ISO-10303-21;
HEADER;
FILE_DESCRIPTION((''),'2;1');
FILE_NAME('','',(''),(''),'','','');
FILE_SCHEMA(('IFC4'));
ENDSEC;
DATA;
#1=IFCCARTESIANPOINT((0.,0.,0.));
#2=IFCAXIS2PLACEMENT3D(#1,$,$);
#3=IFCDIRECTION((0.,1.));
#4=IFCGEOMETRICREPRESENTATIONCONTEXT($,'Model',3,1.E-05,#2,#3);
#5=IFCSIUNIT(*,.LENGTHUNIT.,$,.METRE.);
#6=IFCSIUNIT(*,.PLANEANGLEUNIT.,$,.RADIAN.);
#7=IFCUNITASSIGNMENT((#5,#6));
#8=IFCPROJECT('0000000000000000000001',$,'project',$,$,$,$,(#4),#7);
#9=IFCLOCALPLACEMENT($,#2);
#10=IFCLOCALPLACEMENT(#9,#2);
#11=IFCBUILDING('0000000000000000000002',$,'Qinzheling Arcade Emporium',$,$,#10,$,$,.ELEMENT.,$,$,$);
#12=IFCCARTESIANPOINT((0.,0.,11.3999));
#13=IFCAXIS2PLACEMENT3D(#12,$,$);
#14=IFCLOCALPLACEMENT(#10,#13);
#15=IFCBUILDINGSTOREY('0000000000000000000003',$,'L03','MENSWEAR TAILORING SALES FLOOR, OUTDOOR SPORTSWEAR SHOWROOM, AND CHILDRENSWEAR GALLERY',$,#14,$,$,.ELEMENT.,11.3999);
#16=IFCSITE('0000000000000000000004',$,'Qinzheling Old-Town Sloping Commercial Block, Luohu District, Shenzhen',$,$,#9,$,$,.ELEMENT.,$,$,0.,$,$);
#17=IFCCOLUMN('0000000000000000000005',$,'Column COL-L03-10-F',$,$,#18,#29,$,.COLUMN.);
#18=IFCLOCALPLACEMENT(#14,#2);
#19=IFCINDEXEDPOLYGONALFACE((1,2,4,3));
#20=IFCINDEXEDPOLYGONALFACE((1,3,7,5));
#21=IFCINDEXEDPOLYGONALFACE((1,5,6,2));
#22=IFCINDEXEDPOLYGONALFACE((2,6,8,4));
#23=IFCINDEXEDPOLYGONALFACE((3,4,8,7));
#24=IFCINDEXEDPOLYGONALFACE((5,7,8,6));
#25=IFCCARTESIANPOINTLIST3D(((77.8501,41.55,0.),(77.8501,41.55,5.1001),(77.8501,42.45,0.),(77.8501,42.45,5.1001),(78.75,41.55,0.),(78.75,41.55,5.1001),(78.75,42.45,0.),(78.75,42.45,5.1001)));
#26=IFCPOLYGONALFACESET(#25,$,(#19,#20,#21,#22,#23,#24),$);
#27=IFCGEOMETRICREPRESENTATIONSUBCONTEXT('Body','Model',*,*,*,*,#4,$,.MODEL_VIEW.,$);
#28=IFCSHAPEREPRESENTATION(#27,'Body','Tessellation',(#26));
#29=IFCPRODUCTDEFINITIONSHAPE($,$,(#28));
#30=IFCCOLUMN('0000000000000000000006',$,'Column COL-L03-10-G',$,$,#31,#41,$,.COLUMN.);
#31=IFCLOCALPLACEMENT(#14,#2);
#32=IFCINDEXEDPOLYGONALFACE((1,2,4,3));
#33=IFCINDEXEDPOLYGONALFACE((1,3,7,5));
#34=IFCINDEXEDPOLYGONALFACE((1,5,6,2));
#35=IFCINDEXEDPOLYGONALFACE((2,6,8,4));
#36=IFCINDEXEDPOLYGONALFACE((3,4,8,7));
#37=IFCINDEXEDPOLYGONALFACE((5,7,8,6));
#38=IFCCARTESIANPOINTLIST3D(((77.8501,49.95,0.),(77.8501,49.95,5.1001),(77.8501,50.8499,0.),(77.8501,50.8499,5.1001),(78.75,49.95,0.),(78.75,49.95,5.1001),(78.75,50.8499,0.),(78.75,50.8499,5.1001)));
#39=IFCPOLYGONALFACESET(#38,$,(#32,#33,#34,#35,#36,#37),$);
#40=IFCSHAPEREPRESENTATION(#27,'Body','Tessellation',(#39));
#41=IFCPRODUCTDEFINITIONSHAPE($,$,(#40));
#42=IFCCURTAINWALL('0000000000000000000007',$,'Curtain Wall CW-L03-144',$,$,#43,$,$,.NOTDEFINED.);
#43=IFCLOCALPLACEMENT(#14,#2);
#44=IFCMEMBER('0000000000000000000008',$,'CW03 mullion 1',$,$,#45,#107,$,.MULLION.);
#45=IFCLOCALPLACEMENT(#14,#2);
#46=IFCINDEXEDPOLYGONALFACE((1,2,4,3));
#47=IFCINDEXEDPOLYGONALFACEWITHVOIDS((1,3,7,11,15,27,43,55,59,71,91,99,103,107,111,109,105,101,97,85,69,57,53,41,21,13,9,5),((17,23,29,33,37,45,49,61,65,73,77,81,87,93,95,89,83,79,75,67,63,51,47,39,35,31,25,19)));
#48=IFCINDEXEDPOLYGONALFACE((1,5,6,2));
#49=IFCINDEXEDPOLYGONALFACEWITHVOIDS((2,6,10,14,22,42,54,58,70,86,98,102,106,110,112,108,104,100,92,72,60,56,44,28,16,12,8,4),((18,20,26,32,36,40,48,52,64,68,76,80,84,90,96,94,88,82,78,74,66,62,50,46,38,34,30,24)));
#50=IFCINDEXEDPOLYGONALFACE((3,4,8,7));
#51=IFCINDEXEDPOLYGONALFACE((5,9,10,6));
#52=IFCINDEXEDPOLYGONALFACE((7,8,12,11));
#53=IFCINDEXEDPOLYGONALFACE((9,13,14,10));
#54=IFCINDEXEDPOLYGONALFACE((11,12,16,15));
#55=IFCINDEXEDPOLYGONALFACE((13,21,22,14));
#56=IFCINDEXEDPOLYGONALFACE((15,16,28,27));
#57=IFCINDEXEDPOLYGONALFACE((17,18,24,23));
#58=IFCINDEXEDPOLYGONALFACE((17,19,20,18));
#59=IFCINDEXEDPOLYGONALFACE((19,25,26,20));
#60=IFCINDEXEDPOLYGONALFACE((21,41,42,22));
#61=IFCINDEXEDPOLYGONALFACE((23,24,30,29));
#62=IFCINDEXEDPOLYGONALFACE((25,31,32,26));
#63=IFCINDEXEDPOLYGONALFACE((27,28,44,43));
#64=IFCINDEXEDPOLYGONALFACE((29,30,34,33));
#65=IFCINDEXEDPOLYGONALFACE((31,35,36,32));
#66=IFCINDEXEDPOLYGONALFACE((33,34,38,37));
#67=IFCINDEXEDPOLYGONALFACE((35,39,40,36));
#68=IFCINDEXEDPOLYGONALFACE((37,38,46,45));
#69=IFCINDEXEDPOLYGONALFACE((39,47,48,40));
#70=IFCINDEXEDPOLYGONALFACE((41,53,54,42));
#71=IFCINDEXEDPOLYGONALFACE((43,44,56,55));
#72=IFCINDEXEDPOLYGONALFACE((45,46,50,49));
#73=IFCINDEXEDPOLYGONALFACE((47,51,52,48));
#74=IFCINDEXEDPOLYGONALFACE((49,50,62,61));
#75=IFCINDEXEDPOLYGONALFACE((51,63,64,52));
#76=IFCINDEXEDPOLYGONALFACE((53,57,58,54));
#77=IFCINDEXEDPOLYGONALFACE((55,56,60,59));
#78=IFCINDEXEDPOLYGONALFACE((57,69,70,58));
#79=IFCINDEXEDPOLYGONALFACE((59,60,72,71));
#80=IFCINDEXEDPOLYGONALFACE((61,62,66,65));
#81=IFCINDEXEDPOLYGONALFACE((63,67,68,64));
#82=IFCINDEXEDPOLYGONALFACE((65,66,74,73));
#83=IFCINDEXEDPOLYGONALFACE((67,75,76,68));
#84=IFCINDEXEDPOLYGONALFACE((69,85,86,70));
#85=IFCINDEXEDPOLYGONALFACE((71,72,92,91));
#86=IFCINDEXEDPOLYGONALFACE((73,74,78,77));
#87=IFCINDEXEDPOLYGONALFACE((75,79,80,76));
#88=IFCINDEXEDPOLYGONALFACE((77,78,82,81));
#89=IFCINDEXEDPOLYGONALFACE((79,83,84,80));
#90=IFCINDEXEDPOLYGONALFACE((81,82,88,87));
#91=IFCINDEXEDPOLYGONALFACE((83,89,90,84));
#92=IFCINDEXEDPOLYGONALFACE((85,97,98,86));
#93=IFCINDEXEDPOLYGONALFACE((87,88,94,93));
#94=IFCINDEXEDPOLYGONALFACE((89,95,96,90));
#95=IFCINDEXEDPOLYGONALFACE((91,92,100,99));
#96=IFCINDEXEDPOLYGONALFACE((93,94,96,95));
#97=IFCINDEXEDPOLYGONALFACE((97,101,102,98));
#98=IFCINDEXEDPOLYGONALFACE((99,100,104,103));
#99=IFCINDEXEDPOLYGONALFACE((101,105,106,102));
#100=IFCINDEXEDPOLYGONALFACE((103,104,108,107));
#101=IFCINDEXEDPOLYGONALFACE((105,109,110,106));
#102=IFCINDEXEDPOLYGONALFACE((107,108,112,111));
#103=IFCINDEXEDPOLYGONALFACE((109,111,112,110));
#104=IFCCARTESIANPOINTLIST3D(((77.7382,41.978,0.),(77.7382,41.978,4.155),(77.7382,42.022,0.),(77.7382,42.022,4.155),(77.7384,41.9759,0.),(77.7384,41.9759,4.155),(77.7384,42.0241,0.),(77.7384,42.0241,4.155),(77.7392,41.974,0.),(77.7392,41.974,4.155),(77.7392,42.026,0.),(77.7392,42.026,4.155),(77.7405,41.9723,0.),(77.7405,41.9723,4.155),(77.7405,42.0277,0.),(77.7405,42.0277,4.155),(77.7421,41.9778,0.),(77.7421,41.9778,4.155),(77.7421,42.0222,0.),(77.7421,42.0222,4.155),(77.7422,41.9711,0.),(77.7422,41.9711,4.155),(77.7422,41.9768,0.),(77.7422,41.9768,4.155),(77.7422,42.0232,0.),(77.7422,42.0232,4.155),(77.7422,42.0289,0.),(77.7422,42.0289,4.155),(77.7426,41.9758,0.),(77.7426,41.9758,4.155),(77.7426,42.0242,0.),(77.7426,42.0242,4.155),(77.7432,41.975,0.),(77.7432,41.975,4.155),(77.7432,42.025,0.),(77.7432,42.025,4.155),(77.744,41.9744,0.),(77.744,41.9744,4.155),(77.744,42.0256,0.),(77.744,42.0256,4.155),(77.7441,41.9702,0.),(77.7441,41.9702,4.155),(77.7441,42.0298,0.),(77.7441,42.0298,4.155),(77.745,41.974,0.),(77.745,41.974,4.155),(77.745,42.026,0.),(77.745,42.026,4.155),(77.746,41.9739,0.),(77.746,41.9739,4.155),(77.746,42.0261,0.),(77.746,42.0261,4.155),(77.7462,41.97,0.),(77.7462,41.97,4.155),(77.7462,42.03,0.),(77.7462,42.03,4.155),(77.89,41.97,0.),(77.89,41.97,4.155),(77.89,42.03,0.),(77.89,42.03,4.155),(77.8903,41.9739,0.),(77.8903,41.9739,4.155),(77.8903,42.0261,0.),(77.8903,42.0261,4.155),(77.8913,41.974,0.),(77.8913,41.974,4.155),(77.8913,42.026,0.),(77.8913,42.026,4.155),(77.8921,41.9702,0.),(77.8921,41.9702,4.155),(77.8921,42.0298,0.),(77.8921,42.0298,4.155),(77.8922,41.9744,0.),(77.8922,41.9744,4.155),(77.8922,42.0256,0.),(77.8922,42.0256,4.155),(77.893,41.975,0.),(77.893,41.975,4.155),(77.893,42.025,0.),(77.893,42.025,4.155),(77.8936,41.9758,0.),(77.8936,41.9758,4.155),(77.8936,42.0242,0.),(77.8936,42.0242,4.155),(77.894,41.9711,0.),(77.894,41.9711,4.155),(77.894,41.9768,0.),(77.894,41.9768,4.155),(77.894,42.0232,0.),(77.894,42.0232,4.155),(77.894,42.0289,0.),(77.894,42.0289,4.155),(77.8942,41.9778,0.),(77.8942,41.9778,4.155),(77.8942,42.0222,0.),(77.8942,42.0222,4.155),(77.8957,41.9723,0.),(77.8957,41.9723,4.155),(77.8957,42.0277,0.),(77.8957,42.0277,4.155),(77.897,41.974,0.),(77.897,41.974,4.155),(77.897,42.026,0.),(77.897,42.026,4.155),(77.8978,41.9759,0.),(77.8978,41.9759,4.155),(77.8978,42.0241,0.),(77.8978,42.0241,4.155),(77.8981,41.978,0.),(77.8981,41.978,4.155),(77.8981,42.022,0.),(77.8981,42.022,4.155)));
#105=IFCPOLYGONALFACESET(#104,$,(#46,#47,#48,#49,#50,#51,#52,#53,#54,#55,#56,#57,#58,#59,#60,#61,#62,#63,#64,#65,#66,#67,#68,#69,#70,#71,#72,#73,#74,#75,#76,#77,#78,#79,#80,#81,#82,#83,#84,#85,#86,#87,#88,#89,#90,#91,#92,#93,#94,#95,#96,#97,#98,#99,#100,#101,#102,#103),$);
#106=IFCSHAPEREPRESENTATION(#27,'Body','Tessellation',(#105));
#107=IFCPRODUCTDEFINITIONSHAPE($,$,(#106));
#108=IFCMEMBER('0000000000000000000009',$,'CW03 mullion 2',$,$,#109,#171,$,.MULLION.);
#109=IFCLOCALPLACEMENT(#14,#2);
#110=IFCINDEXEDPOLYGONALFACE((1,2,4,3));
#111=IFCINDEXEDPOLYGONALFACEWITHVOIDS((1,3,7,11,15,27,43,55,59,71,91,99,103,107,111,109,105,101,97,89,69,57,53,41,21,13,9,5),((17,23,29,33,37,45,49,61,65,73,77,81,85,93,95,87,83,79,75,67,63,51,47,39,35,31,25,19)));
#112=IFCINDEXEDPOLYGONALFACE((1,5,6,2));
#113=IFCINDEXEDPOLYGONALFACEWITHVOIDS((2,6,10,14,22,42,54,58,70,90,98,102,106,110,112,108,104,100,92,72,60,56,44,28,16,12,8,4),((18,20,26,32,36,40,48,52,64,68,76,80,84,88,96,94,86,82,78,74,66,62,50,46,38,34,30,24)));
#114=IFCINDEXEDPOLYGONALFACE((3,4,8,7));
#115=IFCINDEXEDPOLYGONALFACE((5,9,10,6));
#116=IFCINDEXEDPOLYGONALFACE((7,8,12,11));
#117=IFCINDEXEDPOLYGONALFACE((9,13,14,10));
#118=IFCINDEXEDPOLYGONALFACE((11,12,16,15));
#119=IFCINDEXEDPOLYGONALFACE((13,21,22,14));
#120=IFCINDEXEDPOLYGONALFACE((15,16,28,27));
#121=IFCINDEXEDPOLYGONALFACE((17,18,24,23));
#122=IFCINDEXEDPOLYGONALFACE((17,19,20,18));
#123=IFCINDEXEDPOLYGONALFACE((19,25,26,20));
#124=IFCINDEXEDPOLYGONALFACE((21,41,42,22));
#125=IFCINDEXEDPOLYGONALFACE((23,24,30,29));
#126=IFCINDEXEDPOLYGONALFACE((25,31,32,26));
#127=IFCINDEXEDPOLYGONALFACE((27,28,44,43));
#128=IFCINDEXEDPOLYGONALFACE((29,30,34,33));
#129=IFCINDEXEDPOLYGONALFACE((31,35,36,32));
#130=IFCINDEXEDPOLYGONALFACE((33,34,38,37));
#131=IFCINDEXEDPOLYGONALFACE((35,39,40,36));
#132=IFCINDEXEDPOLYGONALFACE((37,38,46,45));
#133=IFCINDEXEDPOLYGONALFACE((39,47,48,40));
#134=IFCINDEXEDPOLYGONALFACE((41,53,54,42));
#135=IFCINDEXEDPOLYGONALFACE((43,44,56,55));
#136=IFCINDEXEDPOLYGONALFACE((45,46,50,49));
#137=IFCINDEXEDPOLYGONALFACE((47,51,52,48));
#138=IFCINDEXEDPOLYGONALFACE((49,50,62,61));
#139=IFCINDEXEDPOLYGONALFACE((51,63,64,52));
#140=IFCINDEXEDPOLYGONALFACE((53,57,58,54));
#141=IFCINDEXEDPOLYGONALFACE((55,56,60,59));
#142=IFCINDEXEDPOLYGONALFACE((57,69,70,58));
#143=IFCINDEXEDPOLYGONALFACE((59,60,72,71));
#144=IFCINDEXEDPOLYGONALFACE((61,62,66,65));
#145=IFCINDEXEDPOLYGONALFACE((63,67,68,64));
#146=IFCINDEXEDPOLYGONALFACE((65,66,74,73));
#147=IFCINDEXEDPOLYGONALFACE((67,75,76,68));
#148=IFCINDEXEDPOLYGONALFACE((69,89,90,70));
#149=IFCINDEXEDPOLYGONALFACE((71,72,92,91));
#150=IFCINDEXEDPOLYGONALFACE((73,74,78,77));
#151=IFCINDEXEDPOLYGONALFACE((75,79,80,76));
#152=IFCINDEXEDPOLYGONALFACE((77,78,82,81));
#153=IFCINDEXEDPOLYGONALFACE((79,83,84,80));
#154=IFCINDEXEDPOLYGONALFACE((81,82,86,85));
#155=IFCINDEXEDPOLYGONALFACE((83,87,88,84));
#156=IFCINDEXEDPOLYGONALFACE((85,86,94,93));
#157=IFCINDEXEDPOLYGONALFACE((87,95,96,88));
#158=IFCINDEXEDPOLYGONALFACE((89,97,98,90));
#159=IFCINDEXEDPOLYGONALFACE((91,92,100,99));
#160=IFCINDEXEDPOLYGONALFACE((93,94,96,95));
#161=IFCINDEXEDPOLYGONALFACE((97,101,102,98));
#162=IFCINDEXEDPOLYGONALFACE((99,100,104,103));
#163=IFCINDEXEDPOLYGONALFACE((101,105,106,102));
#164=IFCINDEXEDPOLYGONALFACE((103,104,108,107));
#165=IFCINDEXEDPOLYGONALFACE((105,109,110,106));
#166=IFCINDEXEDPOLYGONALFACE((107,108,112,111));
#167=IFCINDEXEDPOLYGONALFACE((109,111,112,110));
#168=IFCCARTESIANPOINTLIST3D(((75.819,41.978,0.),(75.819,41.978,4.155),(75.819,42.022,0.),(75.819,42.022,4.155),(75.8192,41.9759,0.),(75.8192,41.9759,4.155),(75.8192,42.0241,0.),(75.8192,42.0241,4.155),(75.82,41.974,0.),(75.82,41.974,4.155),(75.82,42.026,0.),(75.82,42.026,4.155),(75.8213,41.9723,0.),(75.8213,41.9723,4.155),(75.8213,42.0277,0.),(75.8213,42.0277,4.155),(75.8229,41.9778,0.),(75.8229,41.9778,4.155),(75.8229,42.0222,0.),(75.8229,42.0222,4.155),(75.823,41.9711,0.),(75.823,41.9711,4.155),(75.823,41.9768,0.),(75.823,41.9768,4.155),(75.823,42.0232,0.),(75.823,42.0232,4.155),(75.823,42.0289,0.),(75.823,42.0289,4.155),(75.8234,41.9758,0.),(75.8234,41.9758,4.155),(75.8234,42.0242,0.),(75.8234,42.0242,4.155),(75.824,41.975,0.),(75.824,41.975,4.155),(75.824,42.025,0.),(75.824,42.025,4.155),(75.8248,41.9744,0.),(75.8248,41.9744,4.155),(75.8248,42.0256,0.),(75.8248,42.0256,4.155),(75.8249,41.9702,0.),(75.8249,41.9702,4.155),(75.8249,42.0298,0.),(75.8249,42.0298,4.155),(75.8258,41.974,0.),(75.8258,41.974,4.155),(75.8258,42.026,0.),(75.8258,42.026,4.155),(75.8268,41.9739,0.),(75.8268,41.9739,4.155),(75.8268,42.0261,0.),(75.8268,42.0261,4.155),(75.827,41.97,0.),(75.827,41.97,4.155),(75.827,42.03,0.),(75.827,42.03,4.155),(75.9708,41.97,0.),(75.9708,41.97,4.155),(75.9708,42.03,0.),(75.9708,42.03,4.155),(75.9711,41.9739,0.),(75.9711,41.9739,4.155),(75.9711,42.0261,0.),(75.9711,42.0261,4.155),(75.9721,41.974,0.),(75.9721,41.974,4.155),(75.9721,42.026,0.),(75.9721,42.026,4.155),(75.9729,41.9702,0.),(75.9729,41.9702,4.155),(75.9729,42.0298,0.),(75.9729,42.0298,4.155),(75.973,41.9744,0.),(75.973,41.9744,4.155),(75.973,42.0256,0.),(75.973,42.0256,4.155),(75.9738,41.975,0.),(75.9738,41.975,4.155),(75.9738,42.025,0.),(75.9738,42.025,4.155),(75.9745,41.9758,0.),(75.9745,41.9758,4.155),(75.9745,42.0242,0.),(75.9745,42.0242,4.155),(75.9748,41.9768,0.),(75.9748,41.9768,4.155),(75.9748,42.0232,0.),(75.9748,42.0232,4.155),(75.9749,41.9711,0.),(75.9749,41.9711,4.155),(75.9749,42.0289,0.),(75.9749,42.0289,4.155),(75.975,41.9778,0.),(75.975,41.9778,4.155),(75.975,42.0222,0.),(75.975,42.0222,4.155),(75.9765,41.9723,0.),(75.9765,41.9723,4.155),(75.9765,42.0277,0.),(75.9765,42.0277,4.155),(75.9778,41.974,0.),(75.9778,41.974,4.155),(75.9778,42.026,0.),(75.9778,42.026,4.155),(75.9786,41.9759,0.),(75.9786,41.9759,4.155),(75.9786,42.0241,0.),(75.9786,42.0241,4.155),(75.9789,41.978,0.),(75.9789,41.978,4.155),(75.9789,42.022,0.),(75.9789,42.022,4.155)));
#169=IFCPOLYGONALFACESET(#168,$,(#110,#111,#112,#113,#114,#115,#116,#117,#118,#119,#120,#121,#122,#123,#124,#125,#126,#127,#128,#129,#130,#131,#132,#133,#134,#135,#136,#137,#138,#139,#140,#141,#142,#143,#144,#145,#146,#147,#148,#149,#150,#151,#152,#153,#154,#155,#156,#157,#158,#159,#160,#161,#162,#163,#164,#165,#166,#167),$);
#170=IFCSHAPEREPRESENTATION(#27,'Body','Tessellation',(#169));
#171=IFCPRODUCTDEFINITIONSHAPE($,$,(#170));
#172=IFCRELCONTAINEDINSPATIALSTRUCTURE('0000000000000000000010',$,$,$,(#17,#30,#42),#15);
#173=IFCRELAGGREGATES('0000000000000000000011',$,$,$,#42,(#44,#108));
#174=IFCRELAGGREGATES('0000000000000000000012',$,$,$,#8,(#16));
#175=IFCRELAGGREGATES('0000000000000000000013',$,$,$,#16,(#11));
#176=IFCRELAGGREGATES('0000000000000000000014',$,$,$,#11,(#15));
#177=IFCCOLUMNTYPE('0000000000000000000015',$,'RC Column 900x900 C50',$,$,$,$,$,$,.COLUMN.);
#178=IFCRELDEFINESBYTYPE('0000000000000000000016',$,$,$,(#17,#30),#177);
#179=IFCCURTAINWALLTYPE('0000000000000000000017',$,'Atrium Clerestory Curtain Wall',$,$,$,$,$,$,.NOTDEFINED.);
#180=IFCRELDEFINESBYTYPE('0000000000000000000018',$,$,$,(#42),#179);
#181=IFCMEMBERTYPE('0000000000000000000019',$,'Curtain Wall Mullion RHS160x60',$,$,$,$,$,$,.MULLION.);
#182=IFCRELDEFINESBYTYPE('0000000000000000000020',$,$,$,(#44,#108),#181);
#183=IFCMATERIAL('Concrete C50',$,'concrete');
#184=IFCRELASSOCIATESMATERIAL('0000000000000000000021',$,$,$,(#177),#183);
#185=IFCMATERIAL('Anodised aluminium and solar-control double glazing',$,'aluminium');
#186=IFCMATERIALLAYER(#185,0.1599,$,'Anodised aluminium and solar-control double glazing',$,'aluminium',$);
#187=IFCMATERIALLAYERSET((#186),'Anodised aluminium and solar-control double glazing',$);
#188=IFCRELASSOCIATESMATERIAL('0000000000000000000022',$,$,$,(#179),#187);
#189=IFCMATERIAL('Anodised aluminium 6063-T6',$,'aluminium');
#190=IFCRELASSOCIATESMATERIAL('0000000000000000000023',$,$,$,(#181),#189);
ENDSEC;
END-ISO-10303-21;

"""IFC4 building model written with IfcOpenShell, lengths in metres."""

from ifc_helpers import new_model, si_unit, direction, frame, origin, origin_2d, place, context, subcontext, project, spatial, rectangle, hollow_rectangle, extrude, material, layer, layer_set, material_profile, profile_set, type_object, element, aggregate, save


model = new_model("IFC4")

# Units and contexts
model_context = context("Model", 3, precision=1e-05, world=origin(), true_north=direction((0.0, 1.0)))
body_context = subcontext(model_context, "Body", "Model", "MODEL_VIEW")
ifc_project = project(units=[si_unit("LENGTHUNIT", "METRE"), si_unit("PLANEANGLEUNIT", "RADIAN")], contexts=[model_context])

# Site, building, storey
site_placement = place(None, origin())
site = spatial("IfcSite", under=ifc_project, at=site_placement, Name="Qinzheling Old-Town Sloping Commercial Block, Luohu District, Shenzhen", CompositionType="ELEMENT", RefElevation=0.0)
building_placement = place(site_placement, origin())
building = spatial("IfcBuilding", under=site, at=building_placement, Name="Qinzheling Arcade Emporium", CompositionType="ELEMENT")
storey_placement = place(building_placement, frame((0.0, 0.0, 11.3999)))
storey = spatial("IfcBuildingStorey", under=building, at=storey_placement, Name="L03", Description="MENSWEAR TAILORING SALES FLOOR, OUTDOOR SPORTSWEAR SHOWROOM, AND CHILDRENSWEAR GALLERY", CompositionType="ELEMENT", Elevation=11.3999)

# Columns
ifc_material_1 = material(Name="Concrete C50", Category="concrete")
ifc_material_profile_1 = material_profile(ifc_material_1, rectangle(XDim=0.8999, YDim=0.8999, at=origin_2d()), Name="RC 900x900", Category="concrete")
ifc_profile_set_1 = profile_set([ifc_material_profile_1], Name="Concrete C50")
column_type = type_object("IfcColumnType", Name="RC Column 900x900 C50", PredefinedType="COLUMN", material=ifc_profile_set_1)
for number, where, z_axis, x_axis, name in (
    (1, (78.3, 42.0, 0.0), (0.0, 0.0, 1.0), (1.0, 0.0, 0.0), "Column COL-L03-10-F"),
    (2, (78.3, 50.3999, 0.0), (0.0, 0.0, 1.0), (1.0, 0.0, 0.0), "Column COL-L03-10-G"),
):
    element("IfcColumn", number, at=place(storey_placement, frame(where, z_axis=z_axis, x_axis=x_axis)), inside=storey, type_object=column_type, Name=name, PredefinedType="COLUMN", context=body_context, shape_type="SweptSolid", body=[
        extrude(rectangle(XDim=0.8999, YDim=0.8999, at=origin_2d()), origin(), (0.0, 0.0, 1.0), 5.1001),
    ])

# Curtain wall, members
ifc_material_2 = material(Name="Anodised aluminium and solar-control double glazing", Category="aluminium")
ifc_layer_1 = layer(ifc_material_2, 0.1599, Name="Anodised aluminium and solar-control double glazing", Category="aluminium")
ifc_layer_set_1 = layer_set([ifc_layer_1], Name="Anodised aluminium and solar-control double glazing")
curtain_wall_type = type_object("IfcCurtainWallType", Name="Atrium Clerestory Curtain Wall", PredefinedType="NOTDEFINED", material=ifc_layer_set_1)
curtain_wall_placement = place(storey_placement, origin())
curtain_wall = element("IfcCurtainWall", 3, at=curtain_wall_placement, inside=storey, type_object=curtain_wall_type, Name="Curtain Wall CW-L03-144", PredefinedType="NOTDEFINED")
ifc_material_3 = material(Name="Anodised aluminium 6063-T6", Category="aluminium")
ifc_material_profile_2 = material_profile(ifc_material_3, hollow_rectangle(XDim=0.0601, YDim=0.1599, WallThickness=0.0039, InnerFilletRadius=0.0039, OuterFilletRadius=0.0081, at=origin_2d()), Name="RHS 160x60x4", Category="aluminium")
ifc_profile_set_2 = profile_set([ifc_material_profile_2], Name="Anodised aluminium 6063-T6")
member_type_1 = type_object("IfcMemberType", Name="Curtain Wall Mullion RHS160x60", PredefinedType="MULLION", material=ifc_profile_set_2)
member_1_placement = place(storey_placement, frame((77.8181, 42.0, 0.0), z_axis=(0.0, 0.0, 1.0), x_axis=(0.0, -1.0, 0.0)))
member_1 = element("IfcMember", 4, at=member_1_placement, type_object=member_type_1, Name="CW03 mullion 1", PredefinedType="MULLION", context=body_context, shape_type="SweptSolid", body=[
    extrude(hollow_rectangle(XDim=0.0601, YDim=0.1599, WallThickness=0.0039, InnerFilletRadius=0.0039, OuterFilletRadius=0.0081, at=origin_2d()), origin(), (0.0, 0.0, 1.0), 4.155),
])
member_2_placement = place(storey_placement, frame((75.8989, 42.0, 0.0), z_axis=(0.0, 0.0, 1.0), x_axis=(0.0, -1.0, 0.0)))
member_2 = element("IfcMember", 5, at=member_2_placement, type_object=member_type_1, Name="CW03 mullion 2", PredefinedType="MULLION", context=body_context, shape_type="SweptSolid", body=[
    extrude(hollow_rectangle(XDim=0.0601, YDim=0.1599, WallThickness=0.0039, InnerFilletRadius=0.0039, OuterFilletRadius=0.0081, at=origin_2d()), origin(), (0.0, 0.0, 1.0), 4.155),
])

aggregate(curtain_wall, [member_1, member_2])

save(model, "model.ifc")
